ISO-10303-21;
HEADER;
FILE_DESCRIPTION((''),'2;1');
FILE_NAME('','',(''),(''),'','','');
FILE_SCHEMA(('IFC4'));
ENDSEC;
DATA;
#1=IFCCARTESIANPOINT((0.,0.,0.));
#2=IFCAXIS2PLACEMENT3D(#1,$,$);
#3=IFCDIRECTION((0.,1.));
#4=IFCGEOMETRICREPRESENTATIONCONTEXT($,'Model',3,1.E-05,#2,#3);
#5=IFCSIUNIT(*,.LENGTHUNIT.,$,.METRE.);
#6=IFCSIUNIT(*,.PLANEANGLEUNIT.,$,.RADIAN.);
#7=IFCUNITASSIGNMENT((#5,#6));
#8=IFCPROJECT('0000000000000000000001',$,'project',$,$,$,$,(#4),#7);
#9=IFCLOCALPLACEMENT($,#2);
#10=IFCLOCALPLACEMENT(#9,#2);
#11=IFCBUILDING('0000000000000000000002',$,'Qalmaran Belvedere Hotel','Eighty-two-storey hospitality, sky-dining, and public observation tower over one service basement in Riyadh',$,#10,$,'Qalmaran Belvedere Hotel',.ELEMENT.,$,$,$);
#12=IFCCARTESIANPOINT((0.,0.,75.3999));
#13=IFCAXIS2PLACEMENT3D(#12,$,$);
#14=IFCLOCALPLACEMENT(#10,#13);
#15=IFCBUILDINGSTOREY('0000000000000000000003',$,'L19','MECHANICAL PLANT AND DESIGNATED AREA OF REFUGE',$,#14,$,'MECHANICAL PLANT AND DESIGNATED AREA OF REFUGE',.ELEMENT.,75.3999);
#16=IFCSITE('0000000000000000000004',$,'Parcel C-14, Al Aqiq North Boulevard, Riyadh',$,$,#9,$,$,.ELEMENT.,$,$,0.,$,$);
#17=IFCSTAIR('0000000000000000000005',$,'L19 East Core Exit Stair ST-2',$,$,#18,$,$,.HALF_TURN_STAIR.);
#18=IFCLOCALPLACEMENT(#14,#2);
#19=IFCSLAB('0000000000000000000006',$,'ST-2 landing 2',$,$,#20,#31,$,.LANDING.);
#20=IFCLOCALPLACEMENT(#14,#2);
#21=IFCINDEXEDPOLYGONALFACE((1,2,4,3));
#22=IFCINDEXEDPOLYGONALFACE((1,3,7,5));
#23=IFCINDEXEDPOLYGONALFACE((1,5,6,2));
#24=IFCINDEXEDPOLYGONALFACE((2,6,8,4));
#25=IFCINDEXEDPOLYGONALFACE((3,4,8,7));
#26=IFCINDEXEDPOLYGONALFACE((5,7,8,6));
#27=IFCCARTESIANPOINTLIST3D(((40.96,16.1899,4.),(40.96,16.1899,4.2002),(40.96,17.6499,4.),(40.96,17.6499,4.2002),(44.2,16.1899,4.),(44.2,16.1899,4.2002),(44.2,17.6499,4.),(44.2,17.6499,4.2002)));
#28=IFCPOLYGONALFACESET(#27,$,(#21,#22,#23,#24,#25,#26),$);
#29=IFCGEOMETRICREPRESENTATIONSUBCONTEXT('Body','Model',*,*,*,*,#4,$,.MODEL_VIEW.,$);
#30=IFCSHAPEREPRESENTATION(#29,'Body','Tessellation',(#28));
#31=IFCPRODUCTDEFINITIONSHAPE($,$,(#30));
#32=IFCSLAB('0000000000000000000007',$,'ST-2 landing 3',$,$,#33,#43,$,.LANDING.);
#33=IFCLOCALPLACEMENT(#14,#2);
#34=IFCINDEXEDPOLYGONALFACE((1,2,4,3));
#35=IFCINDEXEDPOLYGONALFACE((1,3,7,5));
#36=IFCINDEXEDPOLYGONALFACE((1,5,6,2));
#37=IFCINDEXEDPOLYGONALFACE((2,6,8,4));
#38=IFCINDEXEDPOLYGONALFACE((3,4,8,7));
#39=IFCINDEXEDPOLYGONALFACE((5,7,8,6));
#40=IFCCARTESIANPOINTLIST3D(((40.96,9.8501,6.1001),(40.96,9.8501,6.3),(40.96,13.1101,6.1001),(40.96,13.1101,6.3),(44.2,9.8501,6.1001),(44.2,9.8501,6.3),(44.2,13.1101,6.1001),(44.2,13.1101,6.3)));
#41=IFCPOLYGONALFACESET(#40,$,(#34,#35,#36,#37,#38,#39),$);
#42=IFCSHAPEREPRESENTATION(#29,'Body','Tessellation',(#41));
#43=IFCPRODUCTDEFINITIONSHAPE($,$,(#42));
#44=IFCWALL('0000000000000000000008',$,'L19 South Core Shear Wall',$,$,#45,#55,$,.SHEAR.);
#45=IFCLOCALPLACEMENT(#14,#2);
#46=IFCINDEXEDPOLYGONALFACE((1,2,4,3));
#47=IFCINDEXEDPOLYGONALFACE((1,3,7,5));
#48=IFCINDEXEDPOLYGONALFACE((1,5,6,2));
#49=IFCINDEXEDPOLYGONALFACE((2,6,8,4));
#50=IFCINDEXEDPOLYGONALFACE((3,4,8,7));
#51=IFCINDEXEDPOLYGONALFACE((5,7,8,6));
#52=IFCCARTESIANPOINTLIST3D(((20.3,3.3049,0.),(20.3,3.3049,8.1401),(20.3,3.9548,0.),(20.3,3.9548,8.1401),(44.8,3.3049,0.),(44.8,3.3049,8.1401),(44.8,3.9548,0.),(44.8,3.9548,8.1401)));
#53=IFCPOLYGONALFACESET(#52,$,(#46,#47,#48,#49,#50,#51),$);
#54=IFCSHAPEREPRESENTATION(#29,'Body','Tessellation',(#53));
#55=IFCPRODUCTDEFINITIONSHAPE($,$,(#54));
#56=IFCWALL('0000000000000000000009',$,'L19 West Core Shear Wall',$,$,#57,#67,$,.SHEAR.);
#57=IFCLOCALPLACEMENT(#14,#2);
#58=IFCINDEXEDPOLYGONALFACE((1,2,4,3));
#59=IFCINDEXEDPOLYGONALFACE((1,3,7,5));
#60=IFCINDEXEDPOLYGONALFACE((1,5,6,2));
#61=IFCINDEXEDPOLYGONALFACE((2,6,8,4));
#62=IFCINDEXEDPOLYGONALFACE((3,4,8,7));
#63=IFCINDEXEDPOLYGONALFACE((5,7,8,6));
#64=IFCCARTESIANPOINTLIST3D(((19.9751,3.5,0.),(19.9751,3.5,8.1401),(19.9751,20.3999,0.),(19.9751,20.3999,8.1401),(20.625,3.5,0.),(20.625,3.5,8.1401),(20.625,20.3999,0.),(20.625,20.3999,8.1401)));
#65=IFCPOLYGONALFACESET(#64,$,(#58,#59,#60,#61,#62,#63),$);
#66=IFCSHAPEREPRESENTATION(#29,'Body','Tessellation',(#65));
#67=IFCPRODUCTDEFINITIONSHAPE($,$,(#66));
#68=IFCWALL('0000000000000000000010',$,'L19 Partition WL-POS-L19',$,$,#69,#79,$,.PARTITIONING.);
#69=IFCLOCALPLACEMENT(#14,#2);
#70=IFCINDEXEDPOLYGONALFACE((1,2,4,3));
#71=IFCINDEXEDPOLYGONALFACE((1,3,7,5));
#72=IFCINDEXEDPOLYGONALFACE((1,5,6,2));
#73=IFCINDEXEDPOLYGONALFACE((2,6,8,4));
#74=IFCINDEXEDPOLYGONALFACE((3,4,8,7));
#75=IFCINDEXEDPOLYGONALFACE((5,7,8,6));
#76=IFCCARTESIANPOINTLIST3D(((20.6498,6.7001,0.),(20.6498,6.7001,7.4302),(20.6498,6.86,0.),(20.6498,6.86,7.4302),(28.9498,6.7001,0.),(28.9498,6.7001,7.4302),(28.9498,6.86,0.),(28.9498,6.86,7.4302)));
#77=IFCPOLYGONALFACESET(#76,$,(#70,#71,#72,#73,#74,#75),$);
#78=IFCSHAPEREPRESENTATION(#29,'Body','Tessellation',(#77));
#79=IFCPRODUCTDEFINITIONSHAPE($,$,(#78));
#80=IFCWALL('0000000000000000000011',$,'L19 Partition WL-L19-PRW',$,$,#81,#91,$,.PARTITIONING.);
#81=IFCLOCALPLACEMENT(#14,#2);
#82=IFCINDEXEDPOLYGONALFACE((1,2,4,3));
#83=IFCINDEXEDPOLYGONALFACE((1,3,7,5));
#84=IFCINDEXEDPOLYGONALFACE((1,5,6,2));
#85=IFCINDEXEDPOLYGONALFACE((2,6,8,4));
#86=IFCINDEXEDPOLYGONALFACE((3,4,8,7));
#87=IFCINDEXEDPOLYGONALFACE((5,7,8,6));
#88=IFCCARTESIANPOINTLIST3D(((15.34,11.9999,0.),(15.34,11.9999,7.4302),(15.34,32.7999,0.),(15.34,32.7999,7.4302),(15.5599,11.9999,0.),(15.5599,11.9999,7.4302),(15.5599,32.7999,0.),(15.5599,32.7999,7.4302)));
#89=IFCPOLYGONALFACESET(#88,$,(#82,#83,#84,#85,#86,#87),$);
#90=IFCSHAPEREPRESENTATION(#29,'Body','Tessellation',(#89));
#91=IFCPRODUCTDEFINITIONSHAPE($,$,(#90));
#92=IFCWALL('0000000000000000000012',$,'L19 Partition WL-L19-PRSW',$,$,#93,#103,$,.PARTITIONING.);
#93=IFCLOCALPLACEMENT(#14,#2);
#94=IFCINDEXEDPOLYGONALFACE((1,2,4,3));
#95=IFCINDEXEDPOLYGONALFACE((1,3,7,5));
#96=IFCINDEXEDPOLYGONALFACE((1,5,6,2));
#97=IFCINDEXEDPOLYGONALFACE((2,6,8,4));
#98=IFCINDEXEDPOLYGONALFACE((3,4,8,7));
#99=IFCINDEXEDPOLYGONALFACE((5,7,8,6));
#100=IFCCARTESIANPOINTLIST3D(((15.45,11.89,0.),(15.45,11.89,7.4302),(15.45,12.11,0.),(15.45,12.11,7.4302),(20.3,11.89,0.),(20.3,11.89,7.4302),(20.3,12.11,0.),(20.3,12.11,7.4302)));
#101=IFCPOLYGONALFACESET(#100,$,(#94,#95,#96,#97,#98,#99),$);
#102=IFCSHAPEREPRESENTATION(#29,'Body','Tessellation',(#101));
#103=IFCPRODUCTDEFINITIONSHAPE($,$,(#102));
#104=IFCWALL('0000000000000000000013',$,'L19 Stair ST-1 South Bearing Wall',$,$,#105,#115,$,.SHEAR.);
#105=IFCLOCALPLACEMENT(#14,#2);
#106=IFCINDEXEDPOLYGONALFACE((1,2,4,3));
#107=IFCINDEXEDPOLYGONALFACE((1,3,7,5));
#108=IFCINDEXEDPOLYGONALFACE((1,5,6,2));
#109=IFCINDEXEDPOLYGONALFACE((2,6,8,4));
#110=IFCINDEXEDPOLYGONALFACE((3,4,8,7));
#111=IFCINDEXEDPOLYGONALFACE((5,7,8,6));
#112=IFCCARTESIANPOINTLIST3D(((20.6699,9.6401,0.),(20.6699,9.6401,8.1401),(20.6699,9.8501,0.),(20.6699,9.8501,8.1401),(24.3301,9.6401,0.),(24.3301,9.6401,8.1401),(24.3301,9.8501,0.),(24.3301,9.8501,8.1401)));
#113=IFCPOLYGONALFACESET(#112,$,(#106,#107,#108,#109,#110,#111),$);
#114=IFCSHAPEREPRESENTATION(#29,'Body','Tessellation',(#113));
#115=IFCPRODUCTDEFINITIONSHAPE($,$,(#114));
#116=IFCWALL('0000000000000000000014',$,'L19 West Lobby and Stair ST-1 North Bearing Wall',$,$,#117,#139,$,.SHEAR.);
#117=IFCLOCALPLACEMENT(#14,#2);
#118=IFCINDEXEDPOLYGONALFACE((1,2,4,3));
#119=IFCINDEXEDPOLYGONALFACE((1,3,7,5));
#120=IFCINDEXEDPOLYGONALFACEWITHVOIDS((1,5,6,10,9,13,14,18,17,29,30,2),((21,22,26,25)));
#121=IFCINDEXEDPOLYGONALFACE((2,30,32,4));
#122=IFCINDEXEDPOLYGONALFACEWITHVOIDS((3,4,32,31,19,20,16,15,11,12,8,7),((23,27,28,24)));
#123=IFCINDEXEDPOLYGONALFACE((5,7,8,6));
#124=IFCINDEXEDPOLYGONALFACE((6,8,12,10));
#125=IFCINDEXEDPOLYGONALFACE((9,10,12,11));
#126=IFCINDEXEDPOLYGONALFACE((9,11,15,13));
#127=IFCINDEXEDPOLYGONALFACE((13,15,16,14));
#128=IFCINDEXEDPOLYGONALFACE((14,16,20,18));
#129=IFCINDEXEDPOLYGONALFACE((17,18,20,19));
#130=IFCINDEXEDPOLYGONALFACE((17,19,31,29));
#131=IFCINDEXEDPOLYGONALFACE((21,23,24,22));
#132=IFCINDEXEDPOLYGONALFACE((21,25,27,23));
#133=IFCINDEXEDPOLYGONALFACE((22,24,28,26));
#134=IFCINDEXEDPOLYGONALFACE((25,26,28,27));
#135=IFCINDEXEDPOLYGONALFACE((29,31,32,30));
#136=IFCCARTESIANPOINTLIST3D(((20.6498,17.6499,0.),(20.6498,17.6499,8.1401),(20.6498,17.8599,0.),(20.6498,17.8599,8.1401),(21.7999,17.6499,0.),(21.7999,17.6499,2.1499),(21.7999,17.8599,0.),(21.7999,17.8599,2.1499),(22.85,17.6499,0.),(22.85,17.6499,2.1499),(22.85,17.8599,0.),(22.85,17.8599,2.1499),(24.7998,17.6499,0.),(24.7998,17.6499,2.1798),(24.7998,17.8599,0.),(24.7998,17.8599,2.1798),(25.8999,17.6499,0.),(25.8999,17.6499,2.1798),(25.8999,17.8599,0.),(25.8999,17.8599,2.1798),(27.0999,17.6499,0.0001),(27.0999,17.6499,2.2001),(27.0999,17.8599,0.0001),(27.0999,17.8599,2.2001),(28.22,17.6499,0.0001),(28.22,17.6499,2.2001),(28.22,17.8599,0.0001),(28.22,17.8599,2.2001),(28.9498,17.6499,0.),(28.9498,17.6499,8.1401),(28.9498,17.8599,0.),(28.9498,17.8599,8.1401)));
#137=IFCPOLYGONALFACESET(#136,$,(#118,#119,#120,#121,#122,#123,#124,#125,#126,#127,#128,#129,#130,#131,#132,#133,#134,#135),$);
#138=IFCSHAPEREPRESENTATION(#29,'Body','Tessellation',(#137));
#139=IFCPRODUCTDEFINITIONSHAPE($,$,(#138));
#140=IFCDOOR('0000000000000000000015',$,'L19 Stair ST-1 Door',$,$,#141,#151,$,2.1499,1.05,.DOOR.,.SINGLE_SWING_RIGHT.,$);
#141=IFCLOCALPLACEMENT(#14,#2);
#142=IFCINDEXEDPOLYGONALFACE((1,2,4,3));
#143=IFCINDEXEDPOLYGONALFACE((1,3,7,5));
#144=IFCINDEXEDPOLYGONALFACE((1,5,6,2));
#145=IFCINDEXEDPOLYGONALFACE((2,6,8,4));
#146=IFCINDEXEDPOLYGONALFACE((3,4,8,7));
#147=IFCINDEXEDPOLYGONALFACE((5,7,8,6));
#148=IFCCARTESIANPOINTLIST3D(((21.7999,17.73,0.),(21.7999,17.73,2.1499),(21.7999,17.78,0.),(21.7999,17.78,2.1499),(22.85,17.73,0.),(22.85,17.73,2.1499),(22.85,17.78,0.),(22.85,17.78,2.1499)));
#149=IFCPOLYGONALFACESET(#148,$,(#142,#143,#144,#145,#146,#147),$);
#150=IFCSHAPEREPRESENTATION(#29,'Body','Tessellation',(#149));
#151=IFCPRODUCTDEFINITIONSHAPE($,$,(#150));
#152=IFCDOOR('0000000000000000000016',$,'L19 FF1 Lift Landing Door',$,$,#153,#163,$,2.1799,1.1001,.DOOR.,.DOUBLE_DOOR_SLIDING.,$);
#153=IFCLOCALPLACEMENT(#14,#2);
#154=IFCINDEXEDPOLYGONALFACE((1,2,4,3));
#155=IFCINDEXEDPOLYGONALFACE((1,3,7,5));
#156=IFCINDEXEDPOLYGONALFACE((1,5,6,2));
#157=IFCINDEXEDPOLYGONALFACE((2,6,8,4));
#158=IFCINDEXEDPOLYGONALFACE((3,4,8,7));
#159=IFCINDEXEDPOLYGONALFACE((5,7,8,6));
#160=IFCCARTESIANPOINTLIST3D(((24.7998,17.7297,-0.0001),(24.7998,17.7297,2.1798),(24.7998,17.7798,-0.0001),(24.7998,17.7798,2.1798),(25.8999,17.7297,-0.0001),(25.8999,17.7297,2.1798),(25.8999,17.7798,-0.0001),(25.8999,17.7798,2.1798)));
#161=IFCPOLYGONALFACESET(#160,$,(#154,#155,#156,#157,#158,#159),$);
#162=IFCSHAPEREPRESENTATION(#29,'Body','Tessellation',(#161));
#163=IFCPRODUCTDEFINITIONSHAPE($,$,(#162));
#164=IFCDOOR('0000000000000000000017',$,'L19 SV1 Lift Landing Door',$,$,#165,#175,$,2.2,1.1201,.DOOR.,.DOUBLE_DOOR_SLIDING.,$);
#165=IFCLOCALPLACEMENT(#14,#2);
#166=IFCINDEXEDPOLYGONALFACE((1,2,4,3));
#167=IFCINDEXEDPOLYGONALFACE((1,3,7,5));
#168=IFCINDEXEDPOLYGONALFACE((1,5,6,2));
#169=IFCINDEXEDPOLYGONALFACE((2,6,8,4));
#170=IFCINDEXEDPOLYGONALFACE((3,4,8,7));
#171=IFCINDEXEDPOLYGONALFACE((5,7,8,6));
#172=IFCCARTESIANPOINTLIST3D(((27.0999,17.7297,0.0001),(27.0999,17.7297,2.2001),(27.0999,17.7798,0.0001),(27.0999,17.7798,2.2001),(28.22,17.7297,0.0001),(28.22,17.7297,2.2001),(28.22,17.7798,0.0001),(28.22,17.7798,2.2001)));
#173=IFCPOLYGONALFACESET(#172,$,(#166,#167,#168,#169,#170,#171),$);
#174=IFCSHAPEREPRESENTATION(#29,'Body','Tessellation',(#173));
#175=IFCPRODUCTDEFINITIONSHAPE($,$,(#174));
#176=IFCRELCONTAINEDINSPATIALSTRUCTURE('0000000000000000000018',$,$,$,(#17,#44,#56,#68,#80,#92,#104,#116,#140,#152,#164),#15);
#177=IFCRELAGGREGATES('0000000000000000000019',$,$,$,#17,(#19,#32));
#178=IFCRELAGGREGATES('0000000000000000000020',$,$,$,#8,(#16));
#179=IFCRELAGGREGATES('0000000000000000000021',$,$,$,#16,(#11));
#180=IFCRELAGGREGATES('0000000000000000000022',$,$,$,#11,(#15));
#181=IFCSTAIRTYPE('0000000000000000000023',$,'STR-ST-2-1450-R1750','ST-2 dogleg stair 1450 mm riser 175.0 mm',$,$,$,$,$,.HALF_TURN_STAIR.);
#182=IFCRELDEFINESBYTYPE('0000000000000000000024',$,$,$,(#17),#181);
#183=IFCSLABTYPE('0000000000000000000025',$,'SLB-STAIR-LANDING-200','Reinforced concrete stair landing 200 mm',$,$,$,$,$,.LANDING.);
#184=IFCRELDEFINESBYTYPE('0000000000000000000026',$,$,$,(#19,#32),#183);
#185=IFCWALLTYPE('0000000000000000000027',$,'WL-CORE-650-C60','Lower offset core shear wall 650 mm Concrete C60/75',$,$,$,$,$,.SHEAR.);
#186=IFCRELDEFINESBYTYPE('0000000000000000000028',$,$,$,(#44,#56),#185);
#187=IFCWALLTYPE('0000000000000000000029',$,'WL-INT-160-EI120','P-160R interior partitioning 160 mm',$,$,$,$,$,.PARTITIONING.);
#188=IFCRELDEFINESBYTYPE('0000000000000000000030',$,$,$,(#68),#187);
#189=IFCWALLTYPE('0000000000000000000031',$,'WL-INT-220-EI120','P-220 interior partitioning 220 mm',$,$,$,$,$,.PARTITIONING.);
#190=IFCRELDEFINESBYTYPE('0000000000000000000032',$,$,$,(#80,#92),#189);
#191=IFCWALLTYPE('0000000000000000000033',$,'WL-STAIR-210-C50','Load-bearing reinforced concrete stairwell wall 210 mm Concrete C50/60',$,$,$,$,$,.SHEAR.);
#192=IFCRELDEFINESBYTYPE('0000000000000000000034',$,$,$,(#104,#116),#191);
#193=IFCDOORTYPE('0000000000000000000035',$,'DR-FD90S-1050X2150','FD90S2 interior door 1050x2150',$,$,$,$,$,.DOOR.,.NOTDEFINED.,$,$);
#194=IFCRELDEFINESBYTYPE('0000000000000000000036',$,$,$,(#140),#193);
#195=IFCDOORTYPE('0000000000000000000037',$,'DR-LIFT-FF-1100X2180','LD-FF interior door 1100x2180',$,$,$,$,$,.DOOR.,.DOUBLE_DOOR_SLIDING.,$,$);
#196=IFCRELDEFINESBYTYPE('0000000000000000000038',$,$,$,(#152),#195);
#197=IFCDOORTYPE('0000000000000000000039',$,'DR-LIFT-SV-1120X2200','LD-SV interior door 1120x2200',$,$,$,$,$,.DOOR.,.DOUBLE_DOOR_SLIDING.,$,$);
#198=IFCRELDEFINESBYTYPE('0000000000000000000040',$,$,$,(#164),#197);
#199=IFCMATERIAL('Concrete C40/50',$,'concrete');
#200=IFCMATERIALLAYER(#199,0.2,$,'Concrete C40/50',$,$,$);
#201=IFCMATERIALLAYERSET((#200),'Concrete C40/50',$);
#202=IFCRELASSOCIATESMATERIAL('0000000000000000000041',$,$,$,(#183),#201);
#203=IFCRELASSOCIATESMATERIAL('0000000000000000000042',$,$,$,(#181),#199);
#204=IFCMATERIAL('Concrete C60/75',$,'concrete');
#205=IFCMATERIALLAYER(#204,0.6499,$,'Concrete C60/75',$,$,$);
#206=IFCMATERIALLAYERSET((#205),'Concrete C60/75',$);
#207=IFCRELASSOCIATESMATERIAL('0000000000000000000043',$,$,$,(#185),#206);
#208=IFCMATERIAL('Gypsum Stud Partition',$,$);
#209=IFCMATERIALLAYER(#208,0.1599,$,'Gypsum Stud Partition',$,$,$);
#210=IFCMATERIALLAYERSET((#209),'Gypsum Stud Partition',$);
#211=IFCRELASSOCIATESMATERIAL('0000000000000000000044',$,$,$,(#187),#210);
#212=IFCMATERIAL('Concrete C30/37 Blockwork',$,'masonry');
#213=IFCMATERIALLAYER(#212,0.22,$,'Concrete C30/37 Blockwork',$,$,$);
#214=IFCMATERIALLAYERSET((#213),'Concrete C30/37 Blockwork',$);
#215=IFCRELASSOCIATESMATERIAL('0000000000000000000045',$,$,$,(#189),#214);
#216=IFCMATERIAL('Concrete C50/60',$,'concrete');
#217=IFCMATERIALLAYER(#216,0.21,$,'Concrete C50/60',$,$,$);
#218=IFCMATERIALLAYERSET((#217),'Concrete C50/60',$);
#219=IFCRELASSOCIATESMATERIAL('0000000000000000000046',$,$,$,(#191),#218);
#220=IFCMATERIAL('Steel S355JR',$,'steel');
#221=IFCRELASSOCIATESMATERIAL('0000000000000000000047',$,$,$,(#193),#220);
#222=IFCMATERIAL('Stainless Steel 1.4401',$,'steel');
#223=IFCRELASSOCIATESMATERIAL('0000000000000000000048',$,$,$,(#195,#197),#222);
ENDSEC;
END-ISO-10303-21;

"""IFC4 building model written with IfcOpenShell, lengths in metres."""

from ifc_helpers import new_model, si_unit, direction, frame, frame_2d, origin, place, context, subcontext, project, spatial, polyline, rectangle, outline, extrude, material, layer, layer_set, type_object, element, fill, aggregate, save


model = new_model("IFC4")

# Units and contexts
model_context = context("Model", 3, precision=1e-05, world=origin(), true_north=direction((0.0, 1.0)))
body_context = subcontext(model_context, "Body", "Model", "MODEL_VIEW")
ifc_project = project(units=[si_unit("LENGTHUNIT", "METRE"), si_unit("PLANEANGLEUNIT", "RADIAN")], contexts=[model_context])

# Site, building, storey
site_placement = place(None, origin())
site = spatial("IfcSite", under=ifc_project, at=site_placement, Name="Parcel C-14, Al Aqiq North Boulevard, Riyadh", CompositionType="ELEMENT", RefElevation=0.0)
building_placement = place(site_placement, origin())
building = spatial("IfcBuilding", under=site, at=building_placement, Name="Qalmaran Belvedere Hotel", Description="Eighty-two-storey hospitality, sky-dining, and public observation tower over one service basement in Riyadh", LongName="Qalmaran Belvedere Hotel", CompositionType="ELEMENT")
storey_placement = place(building_placement, frame((0.0, 0.0, 75.3999)))
storey = spatial("IfcBuildingStorey", under=building, at=storey_placement, Name="L19", Description="MECHANICAL PLANT AND DESIGNATED AREA OF REFUGE", LongName="MECHANICAL PLANT AND DESIGNATED AREA OF REFUGE", CompositionType="ELEMENT", Elevation=75.3999)

# Shared definitions
ifc_material_1 = material(Name="Concrete C60/75", Category="concrete")

# Shared definitions
ifc_material_2 = material(Name="Steel S355JR", Category="steel")

# Shared definitions
ifc_material_3 = material(Name="Concrete C40/50", Category="concrete")

# Stair, slabs
ifc_layer_1 = layer(ifc_material_3, 0.2, Name="Concrete C40/50")
ifc_layer_set_1 = layer_set([ifc_layer_1], Name="Concrete C40/50")
slab_type_1 = type_object("IfcSlabType", Name="SLB-STAIR-LANDING-200", Description="Reinforced concrete stair landing 200 mm", PredefinedType="LANDING", material=ifc_layer_set_1)
stair_type_1 = type_object("IfcStairType", Name="STR-ST-2-1450-R1750", Description="ST-2 dogleg stair 1450 mm riser 175.0 mm", PredefinedType="HALF_TURN_STAIR", material=ifc_material_3)
stair_1_placement = place(storey_placement, origin())
stair_1 = element("IfcStair", 1, at=stair_1_placement, inside=storey, type_object=stair_type_1, Name="L19 East Core Exit Stair ST-2", PredefinedType="HALF_TURN_STAIR")
slab_1_placement = place(storey_placement, frame((0.0, 0.0, 4.0)))
slab_1 = element("IfcSlab", 2, at=slab_1_placement, type_object=slab_type_1, Name="ST-2 landing 2", PredefinedType="LANDING", context=body_context, shape_type="SweptSolid", body=[
    extrude(outline(polyline([(40.96, 17.6499), (40.96, 16.1899), (44.2, 16.1899), (44.2, 17.6499), (40.96, 17.6499)])), origin(), (0.0, 0.0, 1.0), 0.2002),
])
slab_2_placement = place(storey_placement, frame((0.0, 0.0, 6.1001)))
slab_2 = element("IfcSlab", 3, at=slab_2_placement, type_object=slab_type_1, Name="ST-2 landing 3", PredefinedType="LANDING", context=body_context, shape_type="SweptSolid", body=[
    extrude(outline(polyline([(40.96, 13.1101), (40.96, 9.8501), (44.2, 9.8501), (44.2, 13.1101), (40.96, 13.1101)])), origin(), (0.0, 0.0, 1.0), 0.2),
])
aggregate(stair_1, [slab_1, slab_2])

# Walls
ifc_layer_2 = layer(ifc_material_1, 0.6499, Name="Concrete C60/75")
ifc_layer_set_2 = layer_set([ifc_layer_2], Name="Concrete C60/75")
wall_type_1 = type_object("IfcWallType", Name="WL-CORE-650-C60", Description="Lower offset core shear wall 650 mm Concrete C60/75", PredefinedType="SHEAR", material=ifc_layer_set_2)
wall_1_placement = place(storey_placement, frame((20.3, 3.6299, 0.0), z_axis=(0.0, 0.0, 1.0), x_axis=(1.0, 0.0, 0.0)))
element("IfcWall", 4, at=wall_1_placement, inside=storey, type_object=wall_type_1, Name="L19 South Core Shear Wall", PredefinedType="SHEAR", context=body_context, shape_type="SweptSolid", body=[
    extrude(rectangle(XDim=24.5, YDim=0.6499, at=frame_2d((12.25, 0.0))), origin(), (0.0, 0.0, 1.0), 8.1401),
])
wall_2_placement = place(storey_placement, frame((20.3, 3.5, 0.0), z_axis=(0.0, 0.0, 1.0), x_axis=(0.0, 1.0, 0.0)))
element("IfcWall", 5, at=wall_2_placement, inside=storey, type_object=wall_type_1, Name="L19 West Core Shear Wall", PredefinedType="SHEAR", context=body_context, shape_type="SweptSolid", body=[
    extrude(rectangle(XDim=16.8999, YDim=0.6499, at=frame_2d((8.45, 0.0))), origin(), (0.0, 0.0, 1.0), 8.1401),
])
ifc_material_4 = material(Name="Gypsum Stud Partition")
ifc_layer_3 = layer(ifc_material_4, 0.1599, Name="Gypsum Stud Partition")
ifc_layer_set_3 = layer_set([ifc_layer_3], Name="Gypsum Stud Partition")
wall_type_2 = type_object("IfcWallType", Name="WL-INT-160-EI120", Description="P-160R interior partitioning 160 mm", PredefinedType="PARTITIONING", material=ifc_layer_set_3)
wall_3_placement = place(storey_placement, frame((20.6499, 6.78, 0.0), z_axis=(0.0, 0.0, 1.0), x_axis=(1.0, 0.0, 0.0)))
element("IfcWall", 6, at=wall_3_placement, inside=storey, type_object=wall_type_2, Name="L19 Partition WL-POS-L19", PredefinedType="PARTITIONING", context=body_context, shape_type="SweptSolid", body=[
    extrude(rectangle(XDim=8.3, YDim=0.1599, at=frame_2d((4.1499, 0.0))), origin(), (0.0, 0.0, 1.0), 7.4302),
])
ifc_material_5 = material(Name="Concrete C30/37 Blockwork", Category="masonry")
ifc_layer_4 = layer(ifc_material_5, 0.22, Name="Concrete C30/37 Blockwork")
ifc_layer_set_4 = layer_set([ifc_layer_4], Name="Concrete C30/37 Blockwork")
wall_type_3 = type_object("IfcWallType", Name="WL-INT-220-EI120", Description="P-220 interior partitioning 220 mm", PredefinedType="PARTITIONING", material=ifc_layer_set_4)
wall_4_placement = place(storey_placement, frame((15.45, 12.0, 0.0), z_axis=(0.0, 0.0, 1.0), x_axis=(0.0, 1.0, 0.0)))
element("IfcWall", 7, at=wall_4_placement, inside=storey, type_object=wall_type_3, Name="L19 Partition WL-L19-PRW", PredefinedType="PARTITIONING", context=body_context, shape_type="SweptSolid", body=[
    extrude(rectangle(XDim=20.8, YDim=0.22, at=frame_2d((10.3999, 0.0))), origin(), (0.0, 0.0, 1.0), 7.4302),
])
wall_5_placement = place(storey_placement, frame((15.45, 12.0, 0.0), z_axis=(0.0, 0.0, 1.0), x_axis=(1.0, 0.0, 0.0)))
element("IfcWall", 8, at=wall_5_placement, inside=storey, type_object=wall_type_3, Name="L19 Partition WL-L19-PRSW", PredefinedType="PARTITIONING", context=body_context, shape_type="SweptSolid", body=[
    extrude(rectangle(XDim=4.8501, YDim=0.22, at=frame_2d((2.425, 0.0))), origin(), (0.0, 0.0, 1.0), 7.4302),
])
ifc_material_6 = material(Name="Concrete C50/60", Category="concrete")
ifc_layer_5 = layer(ifc_material_6, 0.21, Name="Concrete C50/60")
ifc_layer_set_5 = layer_set([ifc_layer_5], Name="Concrete C50/60")
wall_type_4 = type_object("IfcWallType", Name="WL-STAIR-210-C50", Description="Load-bearing reinforced concrete stairwell wall 210 mm Concrete C50/60", PredefinedType="SHEAR", material=ifc_layer_set_5)
wall_6_placement = place(storey_placement, frame((20.6699, 9.7451, 0.0), z_axis=(0.0, 0.0, 1.0), x_axis=(1.0, 0.0, 0.0)))
element("IfcWall", 9, at=wall_6_placement, inside=storey, type_object=wall_type_4, Name="L19 Stair ST-1 South Bearing Wall", PredefinedType="SHEAR", context=body_context, shape_type="SweptSolid", body=[
    extrude(rectangle(XDim=3.6602, YDim=0.21, at=frame_2d((1.8301, 0.0))), origin(), (0.0, 0.0, 1.0), 8.1401),
])

# Wall, openings, doors
wall_7_placement = place(storey_placement, frame((20.6499, 17.7549, 0.0), z_axis=(0.0, 0.0, 1.0), x_axis=(1.0, 0.0, 0.0)))
wall_7 = element("IfcWall", 10, at=wall_7_placement, inside=storey, type_object=wall_type_4, Name="L19 West Lobby and Stair ST-1 North Bearing Wall", PredefinedType="SHEAR", context=body_context, shape_type="SweptSolid", body=[
    extrude(rectangle(XDim=8.3, YDim=0.21, at=frame_2d((4.1499, 0.0))), origin(), (0.0, 0.0, 1.0), 8.1401),
])
opening_1_placement = place(wall_7_placement, frame((2.2, 0.0, 0.0), z_axis=(0.0, 0.0, 1.0), x_axis=(-1.0, 0.0, 0.0)))
opening_1 = element("IfcOpeningElement", 11, at=opening_1_placement, cuts=wall_7, PredefinedType="OPENING", context=body_context, shape_type="SweptSolid", body=[
    extrude(rectangle(XDim=1.05, YDim=2.1499, at=frame_2d((0.5249, 1.075))), frame((0.0, 0.115, 0.0), z_axis=(0.0, -1.0, 0.0), x_axis=(1.0, 0.0, 0.0)), (0.0, 0.0, 1.0), 0.23),
])
opening_2_placement = place(wall_7_placement, frame((4.1499, 0.0, 0.0)))
opening_2 = element("IfcOpeningElement", 12, at=opening_2_placement, cuts=wall_7, PredefinedType="OPENING", context=body_context, shape_type="SweptSolid", body=[
    extrude(rectangle(XDim=1.1001, YDim=2.1799, at=frame_2d((0.55, 1.0898))), frame((0.0, 0.115, 0.0), z_axis=(0.0, -1.0, 0.0), x_axis=(1.0, 0.0, 0.0)), (0.0, 0.0, 1.0), 0.23),
])
opening_3_placement = place(wall_7_placement, frame((6.45, 0.0, 0.0)))
opening_3 = element("IfcOpeningElement", 13, at=opening_3_placement, cuts=wall_7, PredefinedType="OPENING", context=body_context, shape_type="SweptSolid", body=[
    extrude(rectangle(XDim=1.1201, YDim=2.2, at=frame_2d((0.5601, 1.1001))), frame((0.0, 0.115, 0.0), z_axis=(0.0, -1.0, 0.0), x_axis=(1.0, 0.0, 0.0)), (0.0, 0.0, 1.0), 0.23),
])
door_type_1 = type_object("IfcDoorType", Name="DR-FD90S-1050X2150", Description="FD90S2 interior door 1050x2150", OperationType="NOTDEFINED", PredefinedType="DOOR", material=ifc_material_2)
door_1_placement = place(opening_1_placement, origin())
door_1 = element("IfcDoor", 14, at=door_1_placement, inside=storey, type_object=door_type_1, Name="L19 Stair ST-1 Door", OperationType="SINGLE_SWING_RIGHT", OverallHeight=2.1499, OverallWidth=1.05, PredefinedType="DOOR", context=body_context, shape_type="SweptSolid", body=[
    extrude(rectangle(XDim=1.05, YDim=2.1499, at=frame_2d((0.5249, 1.075))), frame((0.0, 0.0249, 0.0), z_axis=(0.0, -1.0, 0.0), x_axis=(1.0, 0.0, 0.0)), (0.0, 0.0, 1.0), 0.05),
])
fill(opening_1, door_1)
ifc_material_7 = material(Name="Stainless Steel 1.4401", Category="steel")
door_type_2 = type_object("IfcDoorType", Name="DR-LIFT-FF-1100X2180", Description="LD-FF interior door 1100x2180", OperationType="DOUBLE_DOOR_SLIDING", PredefinedType="DOOR", material=ifc_material_7)
door_2_placement = place(opening_2_placement, origin())
door_2 = element("IfcDoor", 15, at=door_2_placement, inside=storey, type_object=door_type_2, Name="L19 FF1 Lift Landing Door", OperationType="DOUBLE_DOOR_SLIDING", OverallHeight=2.1799, OverallWidth=1.1001, PredefinedType="DOOR", context=body_context, shape_type="SweptSolid", body=[
    extrude(rectangle(XDim=1.1001, YDim=2.1799, at=frame_2d((0.55, 1.0898))), frame((0.0, 0.0249, 0.0), z_axis=(0.0, -1.0, 0.0), x_axis=(1.0, 0.0, 0.0)), (0.0, 0.0, 1.0), 0.05),
])
fill(opening_2, door_2)
door_type_3 = type_object("IfcDoorType", Name="DR-LIFT-SV-1120X2200", Description="LD-SV interior door 1120x2200", OperationType="DOUBLE_DOOR_SLIDING", PredefinedType="DOOR", material=ifc_material_7)
door_3_placement = place(opening_3_placement, origin())
door_3 = element("IfcDoor", 16, at=door_3_placement, inside=storey, type_object=door_type_3, Name="L19 SV1 Lift Landing Door", OperationType="DOUBLE_DOOR_SLIDING", OverallHeight=2.2, OverallWidth=1.1201, PredefinedType="DOOR", context=body_context, shape_type="SweptSolid", body=[
    extrude(rectangle(XDim=1.1201, YDim=2.2, at=frame_2d((0.5601, 1.1001))), frame((0.0, 0.0249, 0.0), z_axis=(0.0, -1.0, 0.0), x_axis=(1.0, 0.0, 0.0)), (0.0, 0.0, 1.0), 0.05),
])
fill(opening_3, door_3)

save(model, "model.ifc")
